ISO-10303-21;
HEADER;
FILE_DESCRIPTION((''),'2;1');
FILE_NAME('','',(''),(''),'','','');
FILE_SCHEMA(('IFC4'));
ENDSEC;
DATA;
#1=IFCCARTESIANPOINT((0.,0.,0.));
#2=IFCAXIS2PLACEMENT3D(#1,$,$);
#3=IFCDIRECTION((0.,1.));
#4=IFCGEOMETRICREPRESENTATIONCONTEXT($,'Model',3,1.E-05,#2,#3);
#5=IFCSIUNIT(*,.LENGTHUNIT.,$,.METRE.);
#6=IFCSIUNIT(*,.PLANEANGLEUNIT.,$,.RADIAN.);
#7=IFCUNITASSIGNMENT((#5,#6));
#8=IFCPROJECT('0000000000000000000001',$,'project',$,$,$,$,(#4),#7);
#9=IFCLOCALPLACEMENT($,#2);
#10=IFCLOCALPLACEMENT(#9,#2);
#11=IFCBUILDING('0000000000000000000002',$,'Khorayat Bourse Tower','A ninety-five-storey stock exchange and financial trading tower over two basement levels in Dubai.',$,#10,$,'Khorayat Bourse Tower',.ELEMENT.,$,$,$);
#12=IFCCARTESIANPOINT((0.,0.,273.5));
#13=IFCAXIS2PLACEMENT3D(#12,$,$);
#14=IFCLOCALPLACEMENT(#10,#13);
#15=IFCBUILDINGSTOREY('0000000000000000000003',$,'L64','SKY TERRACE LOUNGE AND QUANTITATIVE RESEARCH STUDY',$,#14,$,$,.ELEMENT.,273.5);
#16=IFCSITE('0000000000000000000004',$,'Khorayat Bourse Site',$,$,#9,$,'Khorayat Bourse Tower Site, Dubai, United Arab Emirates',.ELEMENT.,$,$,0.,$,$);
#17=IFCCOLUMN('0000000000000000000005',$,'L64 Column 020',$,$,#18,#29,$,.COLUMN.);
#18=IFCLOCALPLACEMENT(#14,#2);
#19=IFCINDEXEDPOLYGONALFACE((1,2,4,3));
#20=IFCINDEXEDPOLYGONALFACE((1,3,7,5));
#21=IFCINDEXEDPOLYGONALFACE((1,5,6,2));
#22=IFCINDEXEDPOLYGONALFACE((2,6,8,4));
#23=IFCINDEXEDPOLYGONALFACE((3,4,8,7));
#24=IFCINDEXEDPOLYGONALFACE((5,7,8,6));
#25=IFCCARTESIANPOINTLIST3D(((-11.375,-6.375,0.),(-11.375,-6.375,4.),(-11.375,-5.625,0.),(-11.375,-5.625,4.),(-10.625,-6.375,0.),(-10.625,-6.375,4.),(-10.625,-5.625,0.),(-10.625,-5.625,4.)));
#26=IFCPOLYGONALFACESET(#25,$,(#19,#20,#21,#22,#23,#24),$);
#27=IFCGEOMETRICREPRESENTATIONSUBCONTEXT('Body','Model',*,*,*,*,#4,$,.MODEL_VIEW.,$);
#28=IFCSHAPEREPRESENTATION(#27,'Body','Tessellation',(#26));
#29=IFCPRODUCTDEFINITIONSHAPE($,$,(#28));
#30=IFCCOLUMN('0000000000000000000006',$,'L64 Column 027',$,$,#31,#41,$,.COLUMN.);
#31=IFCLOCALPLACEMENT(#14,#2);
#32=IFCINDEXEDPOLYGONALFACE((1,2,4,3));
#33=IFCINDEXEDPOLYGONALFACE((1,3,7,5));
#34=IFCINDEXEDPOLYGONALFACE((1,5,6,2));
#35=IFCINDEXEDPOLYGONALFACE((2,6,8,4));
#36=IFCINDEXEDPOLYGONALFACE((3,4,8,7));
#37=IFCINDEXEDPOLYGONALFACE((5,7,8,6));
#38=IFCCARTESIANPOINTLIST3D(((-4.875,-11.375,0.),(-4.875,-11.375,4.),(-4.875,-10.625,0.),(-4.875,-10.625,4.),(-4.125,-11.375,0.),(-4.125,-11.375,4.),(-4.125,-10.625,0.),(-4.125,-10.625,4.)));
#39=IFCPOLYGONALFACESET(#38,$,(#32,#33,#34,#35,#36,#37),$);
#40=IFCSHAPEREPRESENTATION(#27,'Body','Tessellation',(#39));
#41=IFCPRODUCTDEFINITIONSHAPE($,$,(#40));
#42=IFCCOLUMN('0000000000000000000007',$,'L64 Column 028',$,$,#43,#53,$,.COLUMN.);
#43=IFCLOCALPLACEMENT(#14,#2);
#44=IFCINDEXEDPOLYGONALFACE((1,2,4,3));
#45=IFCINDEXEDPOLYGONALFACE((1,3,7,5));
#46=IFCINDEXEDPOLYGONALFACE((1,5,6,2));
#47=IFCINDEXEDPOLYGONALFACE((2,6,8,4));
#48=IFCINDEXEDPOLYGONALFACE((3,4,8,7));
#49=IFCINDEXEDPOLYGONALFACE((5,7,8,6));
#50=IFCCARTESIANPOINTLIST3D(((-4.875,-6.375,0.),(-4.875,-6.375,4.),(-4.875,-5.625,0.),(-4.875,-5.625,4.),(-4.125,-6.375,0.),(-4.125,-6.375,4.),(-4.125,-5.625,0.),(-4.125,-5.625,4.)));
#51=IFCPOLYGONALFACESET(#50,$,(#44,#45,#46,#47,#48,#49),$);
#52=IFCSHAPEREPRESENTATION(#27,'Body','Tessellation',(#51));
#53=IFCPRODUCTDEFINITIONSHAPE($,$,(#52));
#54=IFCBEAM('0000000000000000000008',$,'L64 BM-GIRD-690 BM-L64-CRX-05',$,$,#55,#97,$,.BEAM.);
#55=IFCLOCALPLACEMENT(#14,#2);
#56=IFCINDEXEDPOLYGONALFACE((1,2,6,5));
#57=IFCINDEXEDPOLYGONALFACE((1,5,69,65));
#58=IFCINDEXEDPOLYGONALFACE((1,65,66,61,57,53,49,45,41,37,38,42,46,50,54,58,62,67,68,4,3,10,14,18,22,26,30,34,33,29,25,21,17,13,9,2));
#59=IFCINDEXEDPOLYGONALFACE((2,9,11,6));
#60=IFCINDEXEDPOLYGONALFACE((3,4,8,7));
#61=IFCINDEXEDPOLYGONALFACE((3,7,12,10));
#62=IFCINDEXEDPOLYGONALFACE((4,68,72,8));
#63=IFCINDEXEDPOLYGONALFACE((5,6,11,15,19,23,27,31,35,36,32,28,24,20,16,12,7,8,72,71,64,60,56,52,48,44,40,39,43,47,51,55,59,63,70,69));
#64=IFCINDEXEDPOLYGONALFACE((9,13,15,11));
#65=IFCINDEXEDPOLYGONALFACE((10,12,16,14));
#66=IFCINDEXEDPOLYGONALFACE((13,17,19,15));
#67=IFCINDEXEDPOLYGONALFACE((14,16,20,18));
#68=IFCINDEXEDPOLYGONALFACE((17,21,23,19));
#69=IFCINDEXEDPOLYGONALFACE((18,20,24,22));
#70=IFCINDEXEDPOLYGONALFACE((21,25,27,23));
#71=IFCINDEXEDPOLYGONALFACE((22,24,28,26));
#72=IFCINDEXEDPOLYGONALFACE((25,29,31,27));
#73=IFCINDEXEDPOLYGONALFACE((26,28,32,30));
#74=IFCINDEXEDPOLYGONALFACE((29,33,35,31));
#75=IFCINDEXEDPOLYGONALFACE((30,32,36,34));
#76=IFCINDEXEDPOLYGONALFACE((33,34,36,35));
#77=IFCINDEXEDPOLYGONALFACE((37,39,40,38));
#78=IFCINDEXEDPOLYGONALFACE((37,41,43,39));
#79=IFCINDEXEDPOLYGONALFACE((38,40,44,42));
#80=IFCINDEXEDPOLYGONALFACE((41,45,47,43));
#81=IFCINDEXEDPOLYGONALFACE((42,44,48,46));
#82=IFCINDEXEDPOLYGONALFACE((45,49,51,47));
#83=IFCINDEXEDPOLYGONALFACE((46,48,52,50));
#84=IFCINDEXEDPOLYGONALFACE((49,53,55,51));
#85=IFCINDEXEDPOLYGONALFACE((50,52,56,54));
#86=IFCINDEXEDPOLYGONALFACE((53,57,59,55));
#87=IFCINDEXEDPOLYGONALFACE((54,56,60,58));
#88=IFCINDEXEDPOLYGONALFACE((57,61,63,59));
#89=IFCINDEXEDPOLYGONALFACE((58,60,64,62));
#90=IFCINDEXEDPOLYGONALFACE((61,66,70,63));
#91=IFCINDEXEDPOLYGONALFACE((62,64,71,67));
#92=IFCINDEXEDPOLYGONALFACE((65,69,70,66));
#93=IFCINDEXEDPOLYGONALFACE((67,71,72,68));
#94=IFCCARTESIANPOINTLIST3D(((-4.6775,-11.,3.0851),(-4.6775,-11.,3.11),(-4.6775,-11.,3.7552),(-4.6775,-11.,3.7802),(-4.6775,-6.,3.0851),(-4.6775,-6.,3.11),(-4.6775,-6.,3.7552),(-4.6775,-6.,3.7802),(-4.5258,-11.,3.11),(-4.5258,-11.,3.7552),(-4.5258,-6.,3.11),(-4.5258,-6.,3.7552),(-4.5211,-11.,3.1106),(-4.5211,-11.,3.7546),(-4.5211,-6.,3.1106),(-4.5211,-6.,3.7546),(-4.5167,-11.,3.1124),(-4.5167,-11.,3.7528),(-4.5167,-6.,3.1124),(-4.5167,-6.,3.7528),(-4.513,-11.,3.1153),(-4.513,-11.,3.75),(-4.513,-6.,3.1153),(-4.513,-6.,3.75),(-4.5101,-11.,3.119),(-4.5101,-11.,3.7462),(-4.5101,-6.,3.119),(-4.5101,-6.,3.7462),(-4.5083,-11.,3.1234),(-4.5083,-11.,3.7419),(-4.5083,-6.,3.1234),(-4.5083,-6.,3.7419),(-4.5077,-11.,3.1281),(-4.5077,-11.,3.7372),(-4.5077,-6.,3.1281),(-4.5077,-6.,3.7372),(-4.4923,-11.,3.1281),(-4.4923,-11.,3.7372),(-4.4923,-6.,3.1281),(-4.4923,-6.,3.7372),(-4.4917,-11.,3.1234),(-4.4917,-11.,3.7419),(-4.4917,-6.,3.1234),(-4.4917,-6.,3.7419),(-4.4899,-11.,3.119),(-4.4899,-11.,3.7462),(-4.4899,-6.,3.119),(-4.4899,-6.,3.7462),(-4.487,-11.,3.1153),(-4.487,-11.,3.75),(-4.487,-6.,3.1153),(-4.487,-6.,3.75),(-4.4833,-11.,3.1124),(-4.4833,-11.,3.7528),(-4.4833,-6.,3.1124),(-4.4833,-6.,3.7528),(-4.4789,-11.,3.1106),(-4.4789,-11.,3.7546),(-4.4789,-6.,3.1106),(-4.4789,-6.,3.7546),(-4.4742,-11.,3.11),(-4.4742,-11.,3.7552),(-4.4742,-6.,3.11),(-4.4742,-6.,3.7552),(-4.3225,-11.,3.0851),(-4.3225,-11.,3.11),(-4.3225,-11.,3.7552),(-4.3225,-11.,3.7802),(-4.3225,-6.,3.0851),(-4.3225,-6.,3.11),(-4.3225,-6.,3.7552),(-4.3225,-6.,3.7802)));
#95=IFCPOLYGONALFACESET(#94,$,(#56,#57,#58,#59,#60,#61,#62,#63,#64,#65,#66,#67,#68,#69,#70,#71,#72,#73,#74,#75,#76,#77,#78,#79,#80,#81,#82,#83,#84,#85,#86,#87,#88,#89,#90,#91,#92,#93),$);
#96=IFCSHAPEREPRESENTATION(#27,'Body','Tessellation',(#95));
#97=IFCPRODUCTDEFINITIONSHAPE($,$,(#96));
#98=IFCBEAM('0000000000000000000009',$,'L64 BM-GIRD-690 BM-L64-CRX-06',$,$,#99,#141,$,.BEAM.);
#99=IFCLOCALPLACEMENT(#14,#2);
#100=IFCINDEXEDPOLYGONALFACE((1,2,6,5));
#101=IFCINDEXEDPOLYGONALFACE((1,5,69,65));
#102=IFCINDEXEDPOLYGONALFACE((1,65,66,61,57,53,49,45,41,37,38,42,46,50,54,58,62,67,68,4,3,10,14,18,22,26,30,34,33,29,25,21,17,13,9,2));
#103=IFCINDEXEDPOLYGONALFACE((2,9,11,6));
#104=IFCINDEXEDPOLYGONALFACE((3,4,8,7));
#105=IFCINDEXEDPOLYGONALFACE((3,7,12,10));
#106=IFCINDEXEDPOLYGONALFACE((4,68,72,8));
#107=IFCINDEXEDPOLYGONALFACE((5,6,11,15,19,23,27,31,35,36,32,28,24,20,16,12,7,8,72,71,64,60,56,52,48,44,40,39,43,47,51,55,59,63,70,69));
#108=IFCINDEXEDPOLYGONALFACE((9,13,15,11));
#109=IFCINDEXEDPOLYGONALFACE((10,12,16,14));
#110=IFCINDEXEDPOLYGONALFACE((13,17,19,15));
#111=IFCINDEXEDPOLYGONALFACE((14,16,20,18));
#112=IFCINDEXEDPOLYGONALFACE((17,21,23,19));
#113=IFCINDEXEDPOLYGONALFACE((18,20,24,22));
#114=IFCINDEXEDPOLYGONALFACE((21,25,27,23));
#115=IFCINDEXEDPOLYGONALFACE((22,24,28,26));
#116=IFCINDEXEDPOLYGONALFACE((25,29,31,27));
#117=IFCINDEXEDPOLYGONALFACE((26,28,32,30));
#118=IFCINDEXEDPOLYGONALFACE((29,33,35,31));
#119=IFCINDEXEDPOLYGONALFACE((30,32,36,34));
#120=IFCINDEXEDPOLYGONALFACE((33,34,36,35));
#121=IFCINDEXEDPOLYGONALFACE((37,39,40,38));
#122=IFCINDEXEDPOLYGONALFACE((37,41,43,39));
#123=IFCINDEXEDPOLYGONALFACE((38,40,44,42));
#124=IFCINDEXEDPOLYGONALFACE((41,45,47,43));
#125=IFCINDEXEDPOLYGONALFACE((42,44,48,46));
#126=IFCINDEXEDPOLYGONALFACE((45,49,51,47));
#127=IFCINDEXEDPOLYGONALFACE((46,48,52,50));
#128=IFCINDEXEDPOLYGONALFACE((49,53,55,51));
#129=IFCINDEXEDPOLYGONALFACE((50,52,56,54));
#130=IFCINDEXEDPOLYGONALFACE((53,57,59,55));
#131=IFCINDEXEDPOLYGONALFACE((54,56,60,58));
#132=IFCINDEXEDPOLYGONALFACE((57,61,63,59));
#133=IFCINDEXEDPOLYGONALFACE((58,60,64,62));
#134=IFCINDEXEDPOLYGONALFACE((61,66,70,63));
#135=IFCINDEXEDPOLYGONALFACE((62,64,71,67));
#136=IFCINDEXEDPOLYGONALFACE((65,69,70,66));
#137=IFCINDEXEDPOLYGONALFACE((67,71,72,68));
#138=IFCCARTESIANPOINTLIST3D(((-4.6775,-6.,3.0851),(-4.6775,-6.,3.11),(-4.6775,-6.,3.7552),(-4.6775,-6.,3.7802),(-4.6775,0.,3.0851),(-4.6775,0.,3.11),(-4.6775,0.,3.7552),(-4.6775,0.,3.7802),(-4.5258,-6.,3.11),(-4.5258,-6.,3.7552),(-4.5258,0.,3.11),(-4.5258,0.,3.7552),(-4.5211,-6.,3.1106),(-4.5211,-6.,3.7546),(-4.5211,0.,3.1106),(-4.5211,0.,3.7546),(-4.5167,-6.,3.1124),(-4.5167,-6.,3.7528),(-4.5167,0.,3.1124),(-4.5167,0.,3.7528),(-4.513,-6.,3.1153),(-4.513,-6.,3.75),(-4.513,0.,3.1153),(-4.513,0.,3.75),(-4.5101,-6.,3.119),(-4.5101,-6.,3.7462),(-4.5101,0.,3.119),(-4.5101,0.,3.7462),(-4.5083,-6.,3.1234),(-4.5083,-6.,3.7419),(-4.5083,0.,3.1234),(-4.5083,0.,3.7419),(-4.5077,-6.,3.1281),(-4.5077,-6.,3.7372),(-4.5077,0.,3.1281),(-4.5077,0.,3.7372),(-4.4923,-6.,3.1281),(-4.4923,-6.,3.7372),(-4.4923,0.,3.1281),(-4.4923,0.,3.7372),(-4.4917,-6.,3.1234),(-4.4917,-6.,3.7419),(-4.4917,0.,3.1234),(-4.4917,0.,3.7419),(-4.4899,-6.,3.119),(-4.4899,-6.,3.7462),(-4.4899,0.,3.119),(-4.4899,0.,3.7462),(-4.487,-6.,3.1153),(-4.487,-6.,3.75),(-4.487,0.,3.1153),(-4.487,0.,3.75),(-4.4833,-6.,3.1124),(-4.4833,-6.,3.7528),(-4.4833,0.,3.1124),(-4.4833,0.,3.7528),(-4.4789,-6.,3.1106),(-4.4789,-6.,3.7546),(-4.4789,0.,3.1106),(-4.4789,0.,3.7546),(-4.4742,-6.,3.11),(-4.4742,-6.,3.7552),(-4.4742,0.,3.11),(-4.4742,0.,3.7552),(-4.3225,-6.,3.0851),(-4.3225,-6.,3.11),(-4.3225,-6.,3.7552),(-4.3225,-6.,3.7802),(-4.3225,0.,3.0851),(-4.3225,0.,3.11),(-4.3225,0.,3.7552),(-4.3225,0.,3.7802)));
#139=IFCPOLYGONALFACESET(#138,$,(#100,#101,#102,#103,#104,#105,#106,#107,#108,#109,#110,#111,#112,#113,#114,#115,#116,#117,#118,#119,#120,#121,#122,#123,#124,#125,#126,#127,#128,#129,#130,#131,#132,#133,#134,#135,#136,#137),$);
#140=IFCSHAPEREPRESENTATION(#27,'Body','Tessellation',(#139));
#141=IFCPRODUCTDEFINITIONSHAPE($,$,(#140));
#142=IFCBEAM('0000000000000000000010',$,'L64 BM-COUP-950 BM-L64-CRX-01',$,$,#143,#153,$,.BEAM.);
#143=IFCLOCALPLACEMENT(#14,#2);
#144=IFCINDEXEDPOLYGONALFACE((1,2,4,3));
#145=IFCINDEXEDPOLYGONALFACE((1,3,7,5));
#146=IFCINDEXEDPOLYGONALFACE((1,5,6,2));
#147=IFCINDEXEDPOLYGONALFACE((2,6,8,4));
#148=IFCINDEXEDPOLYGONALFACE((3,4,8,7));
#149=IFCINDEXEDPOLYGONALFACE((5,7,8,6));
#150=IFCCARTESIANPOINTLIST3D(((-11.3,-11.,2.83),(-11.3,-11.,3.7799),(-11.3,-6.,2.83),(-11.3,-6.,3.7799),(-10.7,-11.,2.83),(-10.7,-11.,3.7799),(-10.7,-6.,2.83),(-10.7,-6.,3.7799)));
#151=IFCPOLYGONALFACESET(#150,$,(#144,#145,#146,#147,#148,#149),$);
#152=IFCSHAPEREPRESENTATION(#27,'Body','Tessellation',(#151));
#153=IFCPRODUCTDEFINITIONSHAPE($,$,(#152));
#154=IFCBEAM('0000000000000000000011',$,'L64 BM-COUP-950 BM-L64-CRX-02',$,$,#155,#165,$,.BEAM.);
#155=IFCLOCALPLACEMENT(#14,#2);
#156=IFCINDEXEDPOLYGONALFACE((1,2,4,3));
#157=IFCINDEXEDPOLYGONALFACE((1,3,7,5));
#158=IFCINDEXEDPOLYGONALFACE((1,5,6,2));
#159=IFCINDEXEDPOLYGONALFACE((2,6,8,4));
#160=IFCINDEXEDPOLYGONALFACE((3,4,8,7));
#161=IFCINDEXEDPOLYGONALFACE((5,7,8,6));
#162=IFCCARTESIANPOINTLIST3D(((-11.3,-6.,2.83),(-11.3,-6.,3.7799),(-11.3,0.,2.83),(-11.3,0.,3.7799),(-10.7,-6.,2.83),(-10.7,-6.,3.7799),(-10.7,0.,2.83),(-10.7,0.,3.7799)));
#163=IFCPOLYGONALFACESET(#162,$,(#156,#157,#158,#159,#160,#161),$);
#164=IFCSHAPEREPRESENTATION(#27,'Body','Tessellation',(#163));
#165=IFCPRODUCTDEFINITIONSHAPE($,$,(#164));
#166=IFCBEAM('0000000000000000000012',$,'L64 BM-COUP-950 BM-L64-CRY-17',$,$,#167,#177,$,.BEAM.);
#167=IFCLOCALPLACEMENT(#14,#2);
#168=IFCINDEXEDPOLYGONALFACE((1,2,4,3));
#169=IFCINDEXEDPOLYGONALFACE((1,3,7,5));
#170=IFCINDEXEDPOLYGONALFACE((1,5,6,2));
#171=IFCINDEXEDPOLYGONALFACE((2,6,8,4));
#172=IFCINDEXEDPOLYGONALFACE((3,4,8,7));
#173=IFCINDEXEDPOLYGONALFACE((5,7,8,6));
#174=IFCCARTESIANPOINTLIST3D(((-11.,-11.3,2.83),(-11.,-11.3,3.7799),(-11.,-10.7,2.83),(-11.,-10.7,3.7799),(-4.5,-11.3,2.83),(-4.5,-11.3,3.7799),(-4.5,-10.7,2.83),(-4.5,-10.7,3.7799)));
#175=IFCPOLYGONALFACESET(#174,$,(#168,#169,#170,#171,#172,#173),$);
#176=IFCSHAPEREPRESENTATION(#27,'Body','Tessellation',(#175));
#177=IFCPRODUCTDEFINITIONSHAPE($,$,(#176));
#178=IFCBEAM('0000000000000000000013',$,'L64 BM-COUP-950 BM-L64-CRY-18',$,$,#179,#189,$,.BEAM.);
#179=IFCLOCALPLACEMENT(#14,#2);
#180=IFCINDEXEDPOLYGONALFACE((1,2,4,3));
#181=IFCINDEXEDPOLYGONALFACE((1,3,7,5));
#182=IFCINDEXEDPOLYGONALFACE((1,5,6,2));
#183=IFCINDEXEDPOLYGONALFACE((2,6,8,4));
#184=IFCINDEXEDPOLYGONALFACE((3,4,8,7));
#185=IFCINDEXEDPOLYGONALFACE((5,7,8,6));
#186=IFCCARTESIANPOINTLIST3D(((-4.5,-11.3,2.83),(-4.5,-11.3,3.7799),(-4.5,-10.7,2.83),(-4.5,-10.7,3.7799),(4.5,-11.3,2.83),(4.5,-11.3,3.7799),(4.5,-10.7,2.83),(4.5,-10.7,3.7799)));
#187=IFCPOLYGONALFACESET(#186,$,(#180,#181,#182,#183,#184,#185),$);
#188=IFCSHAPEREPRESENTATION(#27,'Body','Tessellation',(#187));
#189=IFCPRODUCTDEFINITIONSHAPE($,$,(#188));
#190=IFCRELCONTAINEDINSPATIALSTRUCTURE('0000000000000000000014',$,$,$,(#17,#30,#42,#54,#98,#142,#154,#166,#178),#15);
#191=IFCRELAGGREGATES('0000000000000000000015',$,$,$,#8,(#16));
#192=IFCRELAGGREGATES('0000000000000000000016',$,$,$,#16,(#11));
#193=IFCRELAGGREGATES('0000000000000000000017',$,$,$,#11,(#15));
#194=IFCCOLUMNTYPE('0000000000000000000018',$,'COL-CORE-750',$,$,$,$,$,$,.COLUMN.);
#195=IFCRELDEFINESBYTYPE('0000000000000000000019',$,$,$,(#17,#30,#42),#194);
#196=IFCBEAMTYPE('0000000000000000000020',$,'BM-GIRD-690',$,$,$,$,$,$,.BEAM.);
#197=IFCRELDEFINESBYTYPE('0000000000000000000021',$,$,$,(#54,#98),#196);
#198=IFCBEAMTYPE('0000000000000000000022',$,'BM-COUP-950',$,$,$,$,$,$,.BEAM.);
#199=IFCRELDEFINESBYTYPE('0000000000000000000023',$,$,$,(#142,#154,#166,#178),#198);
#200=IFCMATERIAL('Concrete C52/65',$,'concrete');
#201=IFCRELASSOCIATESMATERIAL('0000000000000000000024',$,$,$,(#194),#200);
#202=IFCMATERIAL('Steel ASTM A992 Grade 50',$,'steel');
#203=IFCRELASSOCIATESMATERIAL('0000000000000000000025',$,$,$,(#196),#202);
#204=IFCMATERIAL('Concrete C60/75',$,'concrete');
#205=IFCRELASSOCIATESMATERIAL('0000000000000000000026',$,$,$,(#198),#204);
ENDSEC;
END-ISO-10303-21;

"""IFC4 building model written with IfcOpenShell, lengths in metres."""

from ifc_helpers import new_model, si_unit, direction, frame, origin, origin_2d, place, context, subcontext, project, spatial, rectangle, i_section, extrude, source, transform, mapped, material, material_profile, profile_set, type_object, element, save


model = new_model("IFC4")

# Units and contexts
model_context = context("Model", 3, precision=1e-05, world=origin(), true_north=direction((0.0, 1.0)))
body_context = subcontext(model_context, "Body", "Model", "MODEL_VIEW")
ifc_project = project(units=[si_unit("LENGTHUNIT", "METRE"), si_unit("PLANEANGLEUNIT", "RADIAN")], contexts=[model_context])

# Site, building, storey
site_placement = place(None, origin())
site = spatial("IfcSite", under=ifc_project, at=site_placement, Name="Khorayat Bourse Site", LongName="Khorayat Bourse Tower Site, Dubai, United Arab Emirates", CompositionType="ELEMENT", RefElevation=0.0)
building_placement = place(site_placement, origin())
building = spatial("IfcBuilding", under=site, at=building_placement, Name="Khorayat Bourse Tower", Description="A ninety-five-storey stock exchange and financial trading tower over two basement levels in Dubai.", LongName="Khorayat Bourse Tower", CompositionType="ELEMENT")
storey_placement = place(building_placement, frame((0.0, 0.0, 273.5)))
storey = spatial("IfcBuildingStorey", under=building, at=storey_placement, Name="L64", Description="SKY TERRACE LOUNGE AND QUANTITATIVE RESEARCH STUDY", CompositionType="ELEMENT", Elevation=273.5)

# Columns
ifc_material_1 = material(Name="Concrete C52/65", Category="concrete")
ifc_material_profile_1 = material_profile(ifc_material_1, rectangle(XDim=0.75, YDim=0.75, at=origin_2d()), Name="RC 750x750")
ifc_profile_set_1 = profile_set([ifc_material_profile_1], Name="Concrete C52/65")
column_type = type_object("IfcColumnType", Name="COL-CORE-750", PredefinedType="COLUMN", material=ifc_profile_set_1)
shared_shape_1 = source(origin(), body_context, "Body", "SweptSolid", [
    extrude(rectangle(XDim=0.75, YDim=0.75, at=origin_2d()), origin(), (0.0, 0.0, 1.0), 4.0),
])
for number, where, z_axis, x_axis, name in (
    (1, (-11.0, -6.0, 0.0), (0.0, 0.0, 1.0), (1.0, 0.0, 0.0), "L64 Column 020"),
    (2, (-4.5, -11.0, 0.0), (0.0, 0.0, 1.0), (1.0, 0.0, 0.0), "L64 Column 027"),
    (3, (-4.5, -6.0, 0.0), (0.0, 0.0, 1.0), (1.0, 0.0, 0.0), "L64 Column 028"),
):
    element("IfcColumn", number, at=place(storey_placement, frame(where, z_axis=z_axis, x_axis=x_axis)), inside=storey, type_object=column_type, Name=name, PredefinedType="COLUMN", context=body_context, shape_type="MappedRepresentation", body=[
        mapped(shared_shape_1, transform((0.0, 0.0, 0.0), scale=1.0)),
    ])

# Beams
ifc_material_2 = material(Name="Steel ASTM A992 Grade 50", Category="steel")
ifc_material_profile_2 = material_profile(ifc_material_2, i_section(OverallWidth=0.355, OverallDepth=0.6951, WebThickness=0.0154, FlangeThickness=0.0249, FilletRadius=0.0181, at=origin_2d()), Name="W690X217")
ifc_profile_set_2 = profile_set([ifc_material_profile_2], Name="Steel ASTM A992 Grade 50")
beam_type_1 = type_object("IfcBeamType", Name="BM-GIRD-690", PredefinedType="BEAM", material=ifc_profile_set_2)
shared_shape_2 = source(origin(), body_context, "Body", "SweptSolid", [
    extrude(i_section(OverallWidth=0.355, OverallDepth=0.6951, WebThickness=0.0154, FlangeThickness=0.0249, FilletRadius=0.0181, at=origin_2d()), origin(), (0.0, 0.0, 1.0), 5.0),
])
beam_1_placement = place(storey_placement, frame((-4.5, -11.0, 3.4326), z_axis=(0.0, 1.0, 0.0), x_axis=(-1.0, 0.0, 0.0)))
element("IfcBeam", 4, at=beam_1_placement, inside=storey, type_object=beam_type_1, Name="L64 BM-GIRD-690 BM-L64-CRX-05", PredefinedType="BEAM", context=body_context, shape_type="MappedRepresentation", body=[
    mapped(shared_shape_2, transform((0.0, 0.0, 0.0), scale=1.0)),
])
shared_shape_3 = source(origin(), body_context, "Body", "SweptSolid", [
    extrude(i_section(OverallWidth=0.355, OverallDepth=0.6951, WebThickness=0.0154, FlangeThickness=0.0249, FilletRadius=0.0181, at=origin_2d()), origin(), (0.0, 0.0, 1.0), 6.0),
])
beam_2_placement = place(storey_placement, frame((-4.5, -6.0, 3.4326), z_axis=(0.0, 1.0, 0.0), x_axis=(-1.0, 0.0, 0.0)))
element("IfcBeam", 5, at=beam_2_placement, inside=storey, type_object=beam_type_1, Name="L64 BM-GIRD-690 BM-L64-CRX-06", PredefinedType="BEAM", context=body_context, shape_type="MappedRepresentation", body=[
    mapped(shared_shape_3, transform((0.0, 0.0, 0.0), scale=1.0)),
])
ifc_material_3 = material(Name="Concrete C60/75", Category="concrete")
ifc_material_profile_3 = material_profile(ifc_material_3, rectangle(XDim=0.6001, YDim=0.95, at=origin_2d()), Name="RC 600x950")
ifc_profile_set_3 = profile_set([ifc_material_profile_3], Name="Concrete C60/75")
beam_type_2 = type_object("IfcBeamType", Name="BM-COUP-950", PredefinedType="BEAM", material=ifc_profile_set_3)
shared_shape_4 = source(origin(), body_context, "Body", "SweptSolid", [
    extrude(rectangle(XDim=0.6001, YDim=0.95, at=origin_2d()), origin(), (0.0, 0.0, 1.0), 5.0),
])
beam_3_placement = place(storey_placement, frame((-11.0, -11.0, 3.3049), z_axis=(0.0, 1.0, 0.0), x_axis=(-1.0, 0.0, 0.0)))
element("IfcBeam", 6, at=beam_3_placement, inside=storey, type_object=beam_type_2, Name="L64 BM-COUP-950 BM-L64-CRX-01", PredefinedType="BEAM", context=body_context, shape_type="MappedRepresentation", body=[
    mapped(shared_shape_4, transform((0.0, 0.0, 0.0), scale=1.0)),
])
shared_shape_5 = source(origin(), body_context, "Body", "SweptSolid", [
    extrude(rectangle(XDim=0.6001, YDim=0.95, at=origin_2d()), origin(), (0.0, 0.0, 1.0), 6.0),
])
beam_4_placement = place(storey_placement, frame((-11.0, -6.0, 3.3049), z_axis=(0.0, 1.0, 0.0), x_axis=(-1.0, 0.0, 0.0)))
element("IfcBeam", 7, at=beam_4_placement, inside=storey, type_object=beam_type_2, Name="L64 BM-COUP-950 BM-L64-CRX-02", PredefinedType="BEAM", context=body_context, shape_type="MappedRepresentation", body=[
    mapped(shared_shape_5, transform((0.0, 0.0, 0.0), scale=1.0)),
])
shared_shape_6 = source(origin(), body_context, "Body", "SweptSolid", [
    extrude(rectangle(XDim=0.6001, YDim=0.95, at=origin_2d()), origin(), (0.0, 0.0, 1.0), 6.5),
])
beam_5_placement = place(storey_placement, frame((-11.0, -11.0, 3.3049), z_axis=(1.0, 0.0, 0.0), x_axis=(0.0, 1.0, 0.0)))
element("IfcBeam", 8, at=beam_5_placement, inside=storey, type_object=beam_type_2, Name="L64 BM-COUP-950 BM-L64-CRY-17", PredefinedType="BEAM", context=body_context, shape_type="MappedRepresentation", body=[
    mapped(shared_shape_6, transform((0.0, 0.0, 0.0), scale=1.0)),
])
shared_shape_7 = source(origin(), body_context, "Body", "SweptSolid", [
    extrude(rectangle(XDim=0.6001, YDim=0.95, at=origin_2d()), origin(), (0.0, 0.0, 1.0), 9.0),
])
beam_6_placement = place(storey_placement, frame((-4.5, -11.0, 3.3049), z_axis=(1.0, 0.0, 0.0), x_axis=(0.0, 1.0, 0.0)))
element("IfcBeam", 9, at=beam_6_placement, inside=storey, type_object=beam_type_2, Name="L64 BM-COUP-950 BM-L64-CRY-18", PredefinedType="BEAM", context=body_context, shape_type="MappedRepresentation", body=[
    mapped(shared_shape_7, transform((0.0, 0.0, 0.0), scale=1.0)),
])

save(model, "model.ifc")
